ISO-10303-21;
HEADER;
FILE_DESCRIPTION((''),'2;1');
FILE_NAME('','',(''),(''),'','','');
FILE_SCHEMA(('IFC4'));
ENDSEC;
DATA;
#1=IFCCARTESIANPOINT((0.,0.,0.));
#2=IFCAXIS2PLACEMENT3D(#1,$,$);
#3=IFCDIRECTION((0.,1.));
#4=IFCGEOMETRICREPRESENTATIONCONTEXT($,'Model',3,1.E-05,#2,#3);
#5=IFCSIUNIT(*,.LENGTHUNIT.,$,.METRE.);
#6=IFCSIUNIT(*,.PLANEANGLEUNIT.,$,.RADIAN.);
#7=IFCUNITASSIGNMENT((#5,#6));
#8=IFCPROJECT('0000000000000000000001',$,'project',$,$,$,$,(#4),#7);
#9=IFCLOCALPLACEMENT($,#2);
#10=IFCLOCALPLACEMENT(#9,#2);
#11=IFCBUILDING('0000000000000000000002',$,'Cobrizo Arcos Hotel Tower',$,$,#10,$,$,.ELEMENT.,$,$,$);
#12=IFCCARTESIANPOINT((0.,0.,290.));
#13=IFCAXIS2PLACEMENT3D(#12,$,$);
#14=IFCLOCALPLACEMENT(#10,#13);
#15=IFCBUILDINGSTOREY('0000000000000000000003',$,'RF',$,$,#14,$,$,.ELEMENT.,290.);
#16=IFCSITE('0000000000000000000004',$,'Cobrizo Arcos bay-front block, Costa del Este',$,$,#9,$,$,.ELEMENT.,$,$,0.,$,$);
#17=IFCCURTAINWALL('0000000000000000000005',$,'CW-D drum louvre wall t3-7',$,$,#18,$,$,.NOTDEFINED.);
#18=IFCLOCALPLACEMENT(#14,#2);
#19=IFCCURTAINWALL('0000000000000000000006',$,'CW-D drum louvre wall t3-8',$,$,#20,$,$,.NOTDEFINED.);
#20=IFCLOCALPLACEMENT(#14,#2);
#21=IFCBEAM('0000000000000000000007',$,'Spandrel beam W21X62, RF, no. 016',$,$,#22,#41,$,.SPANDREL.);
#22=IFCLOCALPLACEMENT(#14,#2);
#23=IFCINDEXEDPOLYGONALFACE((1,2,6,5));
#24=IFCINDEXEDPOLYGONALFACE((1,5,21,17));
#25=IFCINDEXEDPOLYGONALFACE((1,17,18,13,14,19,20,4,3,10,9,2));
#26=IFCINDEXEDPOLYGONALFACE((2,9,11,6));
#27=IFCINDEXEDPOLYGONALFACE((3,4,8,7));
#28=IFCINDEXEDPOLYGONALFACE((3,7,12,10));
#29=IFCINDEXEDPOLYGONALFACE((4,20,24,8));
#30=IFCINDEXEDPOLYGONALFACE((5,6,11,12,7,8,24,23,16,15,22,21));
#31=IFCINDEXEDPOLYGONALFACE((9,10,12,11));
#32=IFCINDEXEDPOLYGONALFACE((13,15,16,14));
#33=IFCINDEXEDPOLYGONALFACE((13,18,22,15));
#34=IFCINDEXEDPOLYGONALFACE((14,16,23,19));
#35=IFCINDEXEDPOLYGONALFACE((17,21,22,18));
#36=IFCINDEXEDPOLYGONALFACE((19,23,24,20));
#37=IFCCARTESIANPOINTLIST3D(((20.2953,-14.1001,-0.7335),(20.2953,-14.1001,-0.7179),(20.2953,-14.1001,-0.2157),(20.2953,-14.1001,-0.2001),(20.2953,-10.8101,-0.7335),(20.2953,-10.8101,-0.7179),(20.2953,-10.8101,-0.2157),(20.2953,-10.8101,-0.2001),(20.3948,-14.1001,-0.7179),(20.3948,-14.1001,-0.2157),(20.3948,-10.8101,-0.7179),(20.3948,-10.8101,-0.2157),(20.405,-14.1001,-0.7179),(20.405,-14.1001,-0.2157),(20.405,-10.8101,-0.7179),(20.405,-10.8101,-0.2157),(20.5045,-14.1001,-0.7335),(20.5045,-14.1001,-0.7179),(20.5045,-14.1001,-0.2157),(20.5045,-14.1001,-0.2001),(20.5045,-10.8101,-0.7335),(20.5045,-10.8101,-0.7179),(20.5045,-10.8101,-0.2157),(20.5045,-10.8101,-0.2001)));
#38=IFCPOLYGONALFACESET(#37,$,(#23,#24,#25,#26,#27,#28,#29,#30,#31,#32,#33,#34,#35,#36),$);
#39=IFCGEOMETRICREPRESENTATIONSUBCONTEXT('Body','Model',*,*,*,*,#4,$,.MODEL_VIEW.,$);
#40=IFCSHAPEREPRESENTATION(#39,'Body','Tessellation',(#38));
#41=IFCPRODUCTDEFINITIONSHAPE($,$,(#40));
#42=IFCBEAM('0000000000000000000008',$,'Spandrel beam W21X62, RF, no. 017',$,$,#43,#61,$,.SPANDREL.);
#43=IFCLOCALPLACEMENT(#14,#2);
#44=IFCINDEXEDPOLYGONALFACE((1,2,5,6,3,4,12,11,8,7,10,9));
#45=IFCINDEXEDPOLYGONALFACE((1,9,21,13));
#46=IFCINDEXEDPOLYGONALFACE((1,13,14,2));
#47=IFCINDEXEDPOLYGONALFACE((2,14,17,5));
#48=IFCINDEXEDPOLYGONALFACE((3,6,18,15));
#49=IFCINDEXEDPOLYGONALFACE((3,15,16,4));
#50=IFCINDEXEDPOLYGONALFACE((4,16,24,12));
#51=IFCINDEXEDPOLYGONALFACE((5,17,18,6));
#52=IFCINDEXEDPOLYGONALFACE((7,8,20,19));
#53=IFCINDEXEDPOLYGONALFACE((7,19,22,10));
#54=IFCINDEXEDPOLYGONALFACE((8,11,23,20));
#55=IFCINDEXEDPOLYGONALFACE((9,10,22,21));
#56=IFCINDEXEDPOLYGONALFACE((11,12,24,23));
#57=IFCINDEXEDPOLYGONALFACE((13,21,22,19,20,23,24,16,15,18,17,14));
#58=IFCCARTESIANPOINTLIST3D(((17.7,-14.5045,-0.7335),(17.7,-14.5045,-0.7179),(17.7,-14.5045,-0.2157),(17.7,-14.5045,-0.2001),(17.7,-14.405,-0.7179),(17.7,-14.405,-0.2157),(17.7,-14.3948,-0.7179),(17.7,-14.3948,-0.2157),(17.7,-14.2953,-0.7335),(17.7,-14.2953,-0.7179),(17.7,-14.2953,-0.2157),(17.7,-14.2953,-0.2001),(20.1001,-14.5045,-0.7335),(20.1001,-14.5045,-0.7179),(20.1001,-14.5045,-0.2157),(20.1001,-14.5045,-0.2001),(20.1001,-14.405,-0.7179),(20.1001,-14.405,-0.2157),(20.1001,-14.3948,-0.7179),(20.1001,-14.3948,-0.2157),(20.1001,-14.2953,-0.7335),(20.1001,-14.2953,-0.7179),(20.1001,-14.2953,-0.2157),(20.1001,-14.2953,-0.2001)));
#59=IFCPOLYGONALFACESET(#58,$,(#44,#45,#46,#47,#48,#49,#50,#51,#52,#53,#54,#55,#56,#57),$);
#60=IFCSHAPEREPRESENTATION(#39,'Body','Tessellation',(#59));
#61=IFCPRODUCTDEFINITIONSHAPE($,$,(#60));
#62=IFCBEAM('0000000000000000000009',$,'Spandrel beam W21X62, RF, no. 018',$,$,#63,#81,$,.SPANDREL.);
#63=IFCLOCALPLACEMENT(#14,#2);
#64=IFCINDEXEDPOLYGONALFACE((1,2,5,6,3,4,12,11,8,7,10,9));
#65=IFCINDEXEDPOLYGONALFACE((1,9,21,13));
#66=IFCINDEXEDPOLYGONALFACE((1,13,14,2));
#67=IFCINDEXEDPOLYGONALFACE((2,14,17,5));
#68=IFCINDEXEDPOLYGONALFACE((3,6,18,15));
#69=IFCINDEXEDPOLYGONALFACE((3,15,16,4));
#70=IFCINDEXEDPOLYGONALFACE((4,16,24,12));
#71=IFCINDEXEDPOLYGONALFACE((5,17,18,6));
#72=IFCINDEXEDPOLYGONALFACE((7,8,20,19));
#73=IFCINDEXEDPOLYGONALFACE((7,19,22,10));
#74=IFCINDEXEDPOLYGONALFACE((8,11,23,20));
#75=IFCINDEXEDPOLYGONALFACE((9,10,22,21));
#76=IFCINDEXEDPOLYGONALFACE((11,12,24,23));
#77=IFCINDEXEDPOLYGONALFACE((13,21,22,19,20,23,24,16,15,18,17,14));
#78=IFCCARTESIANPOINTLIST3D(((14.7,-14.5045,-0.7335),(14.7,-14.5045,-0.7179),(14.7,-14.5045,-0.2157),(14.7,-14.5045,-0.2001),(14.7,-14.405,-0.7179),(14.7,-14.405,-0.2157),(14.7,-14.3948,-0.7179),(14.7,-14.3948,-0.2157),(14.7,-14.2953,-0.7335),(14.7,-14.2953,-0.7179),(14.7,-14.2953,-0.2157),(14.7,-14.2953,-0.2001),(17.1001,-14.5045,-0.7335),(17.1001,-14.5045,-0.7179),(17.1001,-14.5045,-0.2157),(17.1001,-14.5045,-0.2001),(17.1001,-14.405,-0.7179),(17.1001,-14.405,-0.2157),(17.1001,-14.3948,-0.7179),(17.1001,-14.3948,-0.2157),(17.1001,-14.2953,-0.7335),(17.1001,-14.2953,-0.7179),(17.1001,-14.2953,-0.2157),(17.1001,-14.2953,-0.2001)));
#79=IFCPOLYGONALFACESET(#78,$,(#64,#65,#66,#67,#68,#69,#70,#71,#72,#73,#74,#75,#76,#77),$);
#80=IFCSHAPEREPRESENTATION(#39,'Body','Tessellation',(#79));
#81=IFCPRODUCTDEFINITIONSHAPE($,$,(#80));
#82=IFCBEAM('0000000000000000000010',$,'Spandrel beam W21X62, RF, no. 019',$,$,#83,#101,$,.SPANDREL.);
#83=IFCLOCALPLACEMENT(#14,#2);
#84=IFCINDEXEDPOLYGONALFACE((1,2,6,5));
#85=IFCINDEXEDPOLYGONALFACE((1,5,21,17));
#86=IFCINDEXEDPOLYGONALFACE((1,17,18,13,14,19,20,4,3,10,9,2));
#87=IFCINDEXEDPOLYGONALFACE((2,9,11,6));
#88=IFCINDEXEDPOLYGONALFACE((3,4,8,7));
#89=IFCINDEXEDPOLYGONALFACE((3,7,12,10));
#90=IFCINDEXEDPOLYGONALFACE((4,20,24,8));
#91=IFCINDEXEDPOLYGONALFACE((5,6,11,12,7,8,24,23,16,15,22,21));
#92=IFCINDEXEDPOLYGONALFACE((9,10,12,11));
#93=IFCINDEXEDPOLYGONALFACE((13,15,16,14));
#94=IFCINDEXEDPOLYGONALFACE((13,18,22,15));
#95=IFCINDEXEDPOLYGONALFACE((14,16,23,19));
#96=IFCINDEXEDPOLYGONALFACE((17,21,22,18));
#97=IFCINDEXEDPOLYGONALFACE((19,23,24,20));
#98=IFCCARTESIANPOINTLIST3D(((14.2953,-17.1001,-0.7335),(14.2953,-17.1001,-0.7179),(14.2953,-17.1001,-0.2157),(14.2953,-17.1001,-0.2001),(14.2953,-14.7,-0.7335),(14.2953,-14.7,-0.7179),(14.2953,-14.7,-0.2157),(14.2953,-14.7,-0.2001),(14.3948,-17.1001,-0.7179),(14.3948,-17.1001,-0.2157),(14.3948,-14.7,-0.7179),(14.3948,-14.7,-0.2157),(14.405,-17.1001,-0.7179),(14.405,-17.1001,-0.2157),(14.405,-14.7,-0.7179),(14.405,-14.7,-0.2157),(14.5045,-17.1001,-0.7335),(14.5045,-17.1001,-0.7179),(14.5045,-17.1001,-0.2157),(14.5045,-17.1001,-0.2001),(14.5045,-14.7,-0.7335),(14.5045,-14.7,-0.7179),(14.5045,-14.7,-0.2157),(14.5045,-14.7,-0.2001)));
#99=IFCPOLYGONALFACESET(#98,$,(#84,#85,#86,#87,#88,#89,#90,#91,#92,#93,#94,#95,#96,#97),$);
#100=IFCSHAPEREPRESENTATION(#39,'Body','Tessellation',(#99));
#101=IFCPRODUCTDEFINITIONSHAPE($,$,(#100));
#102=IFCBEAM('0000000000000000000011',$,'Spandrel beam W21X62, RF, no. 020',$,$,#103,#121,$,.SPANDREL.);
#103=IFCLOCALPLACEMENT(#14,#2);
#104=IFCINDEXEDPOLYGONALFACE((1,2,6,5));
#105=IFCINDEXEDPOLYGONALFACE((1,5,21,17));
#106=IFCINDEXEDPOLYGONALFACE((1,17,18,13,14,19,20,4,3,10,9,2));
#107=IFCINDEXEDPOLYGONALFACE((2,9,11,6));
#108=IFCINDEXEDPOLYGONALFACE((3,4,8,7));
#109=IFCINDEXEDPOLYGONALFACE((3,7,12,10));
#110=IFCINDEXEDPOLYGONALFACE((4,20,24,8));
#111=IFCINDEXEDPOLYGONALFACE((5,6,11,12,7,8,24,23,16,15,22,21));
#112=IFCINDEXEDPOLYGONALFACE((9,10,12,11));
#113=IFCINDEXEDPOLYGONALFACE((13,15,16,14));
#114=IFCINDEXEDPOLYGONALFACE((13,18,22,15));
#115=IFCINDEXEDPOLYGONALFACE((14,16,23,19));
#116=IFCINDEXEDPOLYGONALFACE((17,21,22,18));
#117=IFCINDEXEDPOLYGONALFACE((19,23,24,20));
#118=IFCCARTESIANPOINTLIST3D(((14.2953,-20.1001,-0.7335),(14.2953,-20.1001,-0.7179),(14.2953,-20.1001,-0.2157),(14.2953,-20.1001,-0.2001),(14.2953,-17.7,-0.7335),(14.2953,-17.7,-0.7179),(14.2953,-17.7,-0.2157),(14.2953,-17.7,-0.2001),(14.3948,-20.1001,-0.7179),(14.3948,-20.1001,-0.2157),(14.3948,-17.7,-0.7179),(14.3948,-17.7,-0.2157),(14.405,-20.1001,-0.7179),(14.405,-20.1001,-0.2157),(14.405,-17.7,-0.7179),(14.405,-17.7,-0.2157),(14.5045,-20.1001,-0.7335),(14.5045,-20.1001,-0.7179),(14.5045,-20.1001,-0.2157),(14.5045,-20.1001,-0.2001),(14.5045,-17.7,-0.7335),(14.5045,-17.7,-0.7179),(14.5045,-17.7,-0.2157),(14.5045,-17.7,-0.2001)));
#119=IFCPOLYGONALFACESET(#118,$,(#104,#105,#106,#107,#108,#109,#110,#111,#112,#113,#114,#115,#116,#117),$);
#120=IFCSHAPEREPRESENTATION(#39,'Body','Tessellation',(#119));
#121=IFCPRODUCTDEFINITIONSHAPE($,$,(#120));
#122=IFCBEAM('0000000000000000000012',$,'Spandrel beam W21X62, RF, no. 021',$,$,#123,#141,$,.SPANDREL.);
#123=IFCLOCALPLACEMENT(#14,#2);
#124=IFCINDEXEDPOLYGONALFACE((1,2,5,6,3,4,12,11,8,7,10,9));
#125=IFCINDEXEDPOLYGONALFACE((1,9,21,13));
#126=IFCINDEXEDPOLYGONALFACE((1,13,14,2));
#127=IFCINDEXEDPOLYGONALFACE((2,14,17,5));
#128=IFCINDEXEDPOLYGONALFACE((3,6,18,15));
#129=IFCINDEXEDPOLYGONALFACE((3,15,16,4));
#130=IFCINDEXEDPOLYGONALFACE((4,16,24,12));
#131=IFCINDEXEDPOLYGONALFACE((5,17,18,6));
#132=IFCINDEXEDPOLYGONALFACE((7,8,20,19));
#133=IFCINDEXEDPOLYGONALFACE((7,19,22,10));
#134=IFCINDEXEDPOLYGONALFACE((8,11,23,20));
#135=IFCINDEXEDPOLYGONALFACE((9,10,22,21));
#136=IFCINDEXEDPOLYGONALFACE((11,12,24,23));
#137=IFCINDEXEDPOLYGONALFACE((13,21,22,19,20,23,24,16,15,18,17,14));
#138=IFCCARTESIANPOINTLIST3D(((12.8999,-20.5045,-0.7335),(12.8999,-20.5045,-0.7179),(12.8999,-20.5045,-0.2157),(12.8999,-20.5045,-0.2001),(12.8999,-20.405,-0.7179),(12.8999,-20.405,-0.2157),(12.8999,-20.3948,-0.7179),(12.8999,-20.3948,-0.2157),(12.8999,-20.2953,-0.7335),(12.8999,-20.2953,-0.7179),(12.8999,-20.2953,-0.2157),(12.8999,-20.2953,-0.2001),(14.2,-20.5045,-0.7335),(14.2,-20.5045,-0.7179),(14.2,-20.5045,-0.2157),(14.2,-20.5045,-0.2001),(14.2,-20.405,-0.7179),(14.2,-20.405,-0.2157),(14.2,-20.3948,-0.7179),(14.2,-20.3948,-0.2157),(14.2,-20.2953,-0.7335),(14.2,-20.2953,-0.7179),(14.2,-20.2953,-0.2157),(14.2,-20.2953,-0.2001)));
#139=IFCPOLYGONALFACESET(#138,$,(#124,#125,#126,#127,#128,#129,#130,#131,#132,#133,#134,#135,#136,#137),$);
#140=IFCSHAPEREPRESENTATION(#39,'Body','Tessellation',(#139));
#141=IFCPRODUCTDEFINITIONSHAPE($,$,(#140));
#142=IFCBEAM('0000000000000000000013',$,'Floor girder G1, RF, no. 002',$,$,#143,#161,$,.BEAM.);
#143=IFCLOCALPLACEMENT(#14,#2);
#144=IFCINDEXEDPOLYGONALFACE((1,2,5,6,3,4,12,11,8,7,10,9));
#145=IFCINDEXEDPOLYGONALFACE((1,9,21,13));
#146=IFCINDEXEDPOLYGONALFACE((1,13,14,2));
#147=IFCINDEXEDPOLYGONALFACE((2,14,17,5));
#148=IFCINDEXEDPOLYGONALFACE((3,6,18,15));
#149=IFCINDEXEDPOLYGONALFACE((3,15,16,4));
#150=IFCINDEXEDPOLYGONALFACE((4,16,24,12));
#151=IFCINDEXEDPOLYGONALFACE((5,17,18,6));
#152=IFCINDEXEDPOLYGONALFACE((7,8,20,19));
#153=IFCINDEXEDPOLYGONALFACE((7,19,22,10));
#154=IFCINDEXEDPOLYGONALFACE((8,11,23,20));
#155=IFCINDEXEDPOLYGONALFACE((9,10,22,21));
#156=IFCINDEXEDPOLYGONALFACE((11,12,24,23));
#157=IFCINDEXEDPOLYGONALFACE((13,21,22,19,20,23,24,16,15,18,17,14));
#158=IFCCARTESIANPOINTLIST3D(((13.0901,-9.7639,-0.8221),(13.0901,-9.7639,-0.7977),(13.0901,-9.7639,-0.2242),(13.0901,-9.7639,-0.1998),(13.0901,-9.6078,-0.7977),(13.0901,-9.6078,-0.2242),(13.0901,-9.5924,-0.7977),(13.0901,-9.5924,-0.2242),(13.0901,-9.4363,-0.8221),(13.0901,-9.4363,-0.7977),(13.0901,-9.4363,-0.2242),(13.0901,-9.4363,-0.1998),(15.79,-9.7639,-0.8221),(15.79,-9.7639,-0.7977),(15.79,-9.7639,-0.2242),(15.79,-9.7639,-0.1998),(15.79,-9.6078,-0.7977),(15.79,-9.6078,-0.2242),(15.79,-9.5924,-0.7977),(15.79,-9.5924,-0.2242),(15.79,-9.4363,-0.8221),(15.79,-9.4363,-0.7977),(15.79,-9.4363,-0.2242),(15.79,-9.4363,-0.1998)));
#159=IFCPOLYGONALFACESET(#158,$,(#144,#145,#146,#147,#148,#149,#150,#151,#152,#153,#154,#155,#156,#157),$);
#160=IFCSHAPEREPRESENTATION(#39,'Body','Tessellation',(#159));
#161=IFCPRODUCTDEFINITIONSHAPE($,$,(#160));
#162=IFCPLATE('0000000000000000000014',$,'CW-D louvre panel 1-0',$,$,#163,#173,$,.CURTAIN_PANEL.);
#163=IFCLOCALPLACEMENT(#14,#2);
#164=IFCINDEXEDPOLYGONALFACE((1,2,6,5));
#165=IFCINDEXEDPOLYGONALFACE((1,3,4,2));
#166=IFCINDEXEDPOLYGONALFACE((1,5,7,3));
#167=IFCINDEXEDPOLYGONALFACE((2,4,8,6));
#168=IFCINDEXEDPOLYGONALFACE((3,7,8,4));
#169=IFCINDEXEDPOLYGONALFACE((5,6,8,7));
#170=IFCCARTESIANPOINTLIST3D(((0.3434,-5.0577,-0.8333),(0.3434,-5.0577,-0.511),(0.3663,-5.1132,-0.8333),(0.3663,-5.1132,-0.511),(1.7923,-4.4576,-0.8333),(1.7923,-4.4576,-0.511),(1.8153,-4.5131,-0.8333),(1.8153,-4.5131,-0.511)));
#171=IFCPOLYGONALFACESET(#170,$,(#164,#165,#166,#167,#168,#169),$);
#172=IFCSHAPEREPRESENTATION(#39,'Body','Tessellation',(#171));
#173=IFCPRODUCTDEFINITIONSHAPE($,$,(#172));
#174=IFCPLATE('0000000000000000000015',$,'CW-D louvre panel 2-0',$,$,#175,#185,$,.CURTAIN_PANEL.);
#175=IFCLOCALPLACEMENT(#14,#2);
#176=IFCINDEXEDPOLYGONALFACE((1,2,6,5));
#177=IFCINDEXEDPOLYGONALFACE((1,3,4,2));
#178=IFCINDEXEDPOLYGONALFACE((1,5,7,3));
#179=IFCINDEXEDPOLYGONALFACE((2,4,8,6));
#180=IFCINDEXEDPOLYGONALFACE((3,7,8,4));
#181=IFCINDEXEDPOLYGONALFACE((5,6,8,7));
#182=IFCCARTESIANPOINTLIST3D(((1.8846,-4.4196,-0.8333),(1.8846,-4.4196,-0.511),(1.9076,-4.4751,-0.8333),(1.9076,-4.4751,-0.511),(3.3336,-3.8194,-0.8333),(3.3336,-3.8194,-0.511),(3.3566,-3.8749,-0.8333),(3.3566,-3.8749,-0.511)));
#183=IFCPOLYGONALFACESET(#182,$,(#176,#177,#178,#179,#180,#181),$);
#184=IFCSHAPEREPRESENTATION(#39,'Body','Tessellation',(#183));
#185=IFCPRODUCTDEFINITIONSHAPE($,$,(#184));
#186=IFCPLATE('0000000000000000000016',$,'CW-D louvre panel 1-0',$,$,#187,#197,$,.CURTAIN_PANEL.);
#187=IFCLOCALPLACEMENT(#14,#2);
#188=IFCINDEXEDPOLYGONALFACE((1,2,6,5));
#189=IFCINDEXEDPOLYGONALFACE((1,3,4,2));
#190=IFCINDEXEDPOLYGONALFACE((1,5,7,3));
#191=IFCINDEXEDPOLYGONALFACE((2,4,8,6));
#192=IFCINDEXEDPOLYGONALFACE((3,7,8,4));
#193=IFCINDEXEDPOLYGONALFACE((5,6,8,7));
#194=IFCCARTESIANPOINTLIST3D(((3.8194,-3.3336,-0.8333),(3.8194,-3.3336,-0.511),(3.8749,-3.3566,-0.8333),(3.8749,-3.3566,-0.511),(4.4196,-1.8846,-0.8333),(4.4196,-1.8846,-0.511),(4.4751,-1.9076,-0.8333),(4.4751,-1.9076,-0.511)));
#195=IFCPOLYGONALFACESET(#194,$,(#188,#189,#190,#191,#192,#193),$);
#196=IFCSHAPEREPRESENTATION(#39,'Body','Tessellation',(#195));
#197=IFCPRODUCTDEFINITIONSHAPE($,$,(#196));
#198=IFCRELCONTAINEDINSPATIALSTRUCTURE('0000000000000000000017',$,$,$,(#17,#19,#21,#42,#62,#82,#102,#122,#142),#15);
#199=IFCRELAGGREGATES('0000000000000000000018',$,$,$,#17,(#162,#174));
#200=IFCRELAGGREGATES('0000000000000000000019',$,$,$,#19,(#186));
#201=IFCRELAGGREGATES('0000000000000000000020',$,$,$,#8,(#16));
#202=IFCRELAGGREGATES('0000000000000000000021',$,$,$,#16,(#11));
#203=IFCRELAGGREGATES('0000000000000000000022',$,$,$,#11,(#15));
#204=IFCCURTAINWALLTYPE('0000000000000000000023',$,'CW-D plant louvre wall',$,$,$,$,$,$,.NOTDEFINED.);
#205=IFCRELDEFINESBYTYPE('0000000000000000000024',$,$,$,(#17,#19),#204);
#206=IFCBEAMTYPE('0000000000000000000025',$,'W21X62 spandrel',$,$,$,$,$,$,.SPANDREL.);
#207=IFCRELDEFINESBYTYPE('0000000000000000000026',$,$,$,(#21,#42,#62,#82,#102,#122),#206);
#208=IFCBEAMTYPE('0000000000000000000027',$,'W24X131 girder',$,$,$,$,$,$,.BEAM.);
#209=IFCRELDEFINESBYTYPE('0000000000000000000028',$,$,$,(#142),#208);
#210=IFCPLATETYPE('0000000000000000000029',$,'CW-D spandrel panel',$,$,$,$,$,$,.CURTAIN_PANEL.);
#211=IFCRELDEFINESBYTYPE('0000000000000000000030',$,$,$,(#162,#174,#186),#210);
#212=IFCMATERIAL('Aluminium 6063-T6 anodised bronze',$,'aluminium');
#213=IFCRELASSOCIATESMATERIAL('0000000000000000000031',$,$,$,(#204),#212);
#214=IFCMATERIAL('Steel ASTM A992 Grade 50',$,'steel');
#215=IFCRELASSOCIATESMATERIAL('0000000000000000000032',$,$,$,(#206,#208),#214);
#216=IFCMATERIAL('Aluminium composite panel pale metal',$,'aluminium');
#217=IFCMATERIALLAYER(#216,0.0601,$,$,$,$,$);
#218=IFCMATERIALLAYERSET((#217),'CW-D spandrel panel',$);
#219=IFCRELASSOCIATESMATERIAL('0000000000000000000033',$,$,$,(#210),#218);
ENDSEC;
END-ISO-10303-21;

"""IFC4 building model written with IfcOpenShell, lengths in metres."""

from ifc_helpers import new_model, si_unit, direction, frame, origin, origin_2d, place, context, subcontext, project, spatial, rectangle, i_section, extrude, material, layer, layer_set, material_profile, profile_set, type_object, element, aggregate, save


model = new_model("IFC4")

# Units and contexts
model_context = context("Model", 3, precision=1e-05, world=origin(), true_north=direction((0.0, 1.0)))
body_context = subcontext(model_context, "Body", "Model", "MODEL_VIEW")
ifc_project = project(units=[si_unit("LENGTHUNIT", "METRE"), si_unit("PLANEANGLEUNIT", "RADIAN")], contexts=[model_context])

# Site, building, storey
site_placement = place(None, origin())
site = spatial("IfcSite", under=ifc_project, at=site_placement, Name="Cobrizo Arcos bay-front block, Costa del Este", CompositionType="ELEMENT", RefElevation=0.0)
building_placement = place(site_placement, origin())
building = spatial("IfcBuilding", under=site, at=building_placement, Name="Cobrizo Arcos Hotel Tower", CompositionType="ELEMENT")
storey_placement = place(building_placement, frame((0.0, 0.0, 290.0)))
storey = spatial("IfcBuildingStorey", under=building, at=storey_placement, Name="RF", CompositionType="ELEMENT", Elevation=290.0)

# Curtain walls
ifc_material_1 = material(Name="Aluminium 6063-T6 anodised bronze", Category="aluminium")
curtain_wall_type = type_object("IfcCurtainWallType", Name="CW-D plant louvre wall", PredefinedType="NOTDEFINED", material=ifc_material_1)
curtain_wall_1_placement = place(storey_placement, origin())
curtain_wall_1 = element("IfcCurtainWall", 1, at=curtain_wall_1_placement, inside=storey, type_object=curtain_wall_type, Name="CW-D drum louvre wall t3-7", PredefinedType="NOTDEFINED")
curtain_wall_2_placement = place(storey_placement, origin())
curtain_wall_2 = element("IfcCurtainWall", 2, at=curtain_wall_2_placement, inside=storey, type_object=curtain_wall_type, Name="CW-D drum louvre wall t3-8", PredefinedType="NOTDEFINED")

# Beams
ifc_material_2 = material(Name="Steel ASTM A992 Grade 50", Category="steel")
ifc_material_profile_1 = material_profile(ifc_material_2, i_section(OverallWidth=0.2092, OverallDepth=0.5334, WebThickness=0.0103, FlangeThickness=0.0156, at=origin_2d()), Name="W21X62")
ifc_profile_set_1 = profile_set([ifc_material_profile_1], Name="Steel ASTM A992 Grade 50")
beam_type_1 = type_object("IfcBeamType", Name="W21X62 spandrel", PredefinedType="SPANDREL", material=ifc_profile_set_1)
beam_1_placement = place(storey_placement, frame((20.3999, -10.8101, -0.4668), z_axis=(0.0, -1.0, 0.0), x_axis=(1.0, 0.0, 0.0)))
element("IfcBeam", 3, at=beam_1_placement, inside=storey, type_object=beam_type_1, Name="Spandrel beam W21X62, RF, no. 016", PredefinedType="SPANDREL", context=body_context, shape_type="SweptSolid", body=[
    extrude(i_section(OverallWidth=0.2092, OverallDepth=0.5334, WebThickness=0.0103, FlangeThickness=0.0156, at=origin_2d()), origin(), (0.0, 0.0, 1.0), 3.29),
])
for number, where, z_axis, x_axis, name in (
    (4, (20.1001, -14.3999, -0.4668), (-1.0, 0.0, 0.0), (0.0, -1.0, 0.0), "Spandrel beam W21X62, RF, no. 017"),
    (5, (17.1001, -14.3999, -0.4668), (-1.0, 0.0, 0.0), (0.0, -1.0, 0.0), "Spandrel beam W21X62, RF, no. 018"),
    (6, (14.3999, -14.7, -0.4668), (0.0, -1.0, 0.0), (1.0, 0.0, 0.0), "Spandrel beam W21X62, RF, no. 019"),
    (7, (14.3999, -17.7, -0.4668), (0.0, -1.0, 0.0), (1.0, 0.0, 0.0), "Spandrel beam W21X62, RF, no. 020"),
):
    element("IfcBeam", number, at=place(storey_placement, frame(where, z_axis=z_axis, x_axis=x_axis)), inside=storey, type_object=beam_type_1, Name=name, PredefinedType="SPANDREL", context=body_context, shape_type="SweptSolid", body=[
        extrude(i_section(OverallWidth=0.2092, OverallDepth=0.5334, WebThickness=0.0103, FlangeThickness=0.0156, at=origin_2d()), origin(), (0.0, 0.0, 1.0), 2.4001),
    ])
beam_2_placement = place(storey_placement, frame((14.2, -20.3999, -0.4668), z_axis=(-1.0, 0.0, 0.0), x_axis=(0.0, -1.0, 0.0)))
element("IfcBeam", 8, at=beam_2_placement, inside=storey, type_object=beam_type_1, Name="Spandrel beam W21X62, RF, no. 021", PredefinedType="SPANDREL", context=body_context, shape_type="SweptSolid", body=[
    extrude(i_section(OverallWidth=0.2092, OverallDepth=0.5334, WebThickness=0.0103, FlangeThickness=0.0156, at=origin_2d()), origin(), (0.0, 0.0, 1.0), 1.3),
])
ifc_material_profile_2 = material_profile(ifc_material_2, i_section(OverallWidth=0.3276, OverallDepth=0.6223, WebThickness=0.0154, FlangeThickness=0.0244, at=origin_2d()), Name="W24X131")
ifc_profile_set_2 = profile_set([ifc_material_profile_2], Name="Steel ASTM A992 Grade 50")
beam_type_2 = type_object("IfcBeamType", Name="W24X131 girder", PredefinedType="BEAM", material=ifc_profile_set_2)
beam_3_placement = place(storey_placement, frame((13.0901, -9.6001, -0.511), z_axis=(1.0, 0.0, 0.0), x_axis=(0.0, 1.0, 0.0)))
element("IfcBeam", 9, at=beam_3_placement, inside=storey, type_object=beam_type_2, Name="Floor girder G1, RF, no. 002", PredefinedType="BEAM", context=body_context, shape_type="SweptSolid", body=[
    extrude(i_section(OverallWidth=0.3276, OverallDepth=0.6223, WebThickness=0.0154, FlangeThickness=0.0244, at=origin_2d()), origin(), (0.0, 0.0, 1.0), 2.7),
])

# Plates
ifc_material_3 = material(Name="Aluminium composite panel pale metal", Category="aluminium")
ifc_layer_1 = layer(ifc_material_3, 0.0601)
ifc_layer_set_1 = layer_set([ifc_layer_1], Name="CW-D spandrel panel")
plate_type_1 = type_object("IfcPlateType", Name="CW-D spandrel panel", PredefinedType="CURTAIN_PANEL", material=ifc_layer_set_1)
plate_1_placement = place(storey_placement, frame((1.0793, -4.7854, -0.8333), z_axis=(0.0, 0.0, 1.0), x_axis=(0.92388, 0.382683, 0.0)))
plate_1 = element("IfcPlate", 10, at=plate_1_placement, type_object=plate_type_1, Name="CW-D louvre panel 1-0", PredefinedType="CURTAIN_PANEL", context=body_context, shape_type="SweptSolid", body=[
    extrude(rectangle(XDim=1.5684, YDim=0.0601, at=origin_2d()), origin(), (0.0, 0.0, 1.0), 0.3223),
])
plate_2_placement = place(storey_placement, frame((2.6206, -4.1472, -0.8333), z_axis=(0.0, 0.0, 1.0), x_axis=(0.92388, 0.382683, 0.0)))
plate_2 = element("IfcPlate", 11, at=plate_2_placement, type_object=plate_type_1, Name="CW-D louvre panel 2-0", PredefinedType="CURTAIN_PANEL", context=body_context, shape_type="SweptSolid", body=[
    extrude(rectangle(XDim=1.5684, YDim=0.0601, at=origin_2d()), origin(), (0.0, 0.0, 1.0), 0.3223),
])
aggregate(curtain_wall_1, [plate_1, plate_2])
plate_3_placement = place(storey_placement, frame((4.1472, -2.6206, -0.8333), z_axis=(0.0, 0.0, 1.0), x_axis=(0.382683, 0.92388, 0.0)))
plate_3 = element("IfcPlate", 12, at=plate_3_placement, type_object=plate_type_1, Name="CW-D louvre panel 1-0", PredefinedType="CURTAIN_PANEL", context=body_context, shape_type="SweptSolid", body=[
    extrude(rectangle(XDim=1.5684, YDim=0.0601, at=origin_2d()), origin(), (0.0, 0.0, 1.0), 0.3223),
])
aggregate(curtain_wall_2, [plate_3])

save(model, "model.ifc")
